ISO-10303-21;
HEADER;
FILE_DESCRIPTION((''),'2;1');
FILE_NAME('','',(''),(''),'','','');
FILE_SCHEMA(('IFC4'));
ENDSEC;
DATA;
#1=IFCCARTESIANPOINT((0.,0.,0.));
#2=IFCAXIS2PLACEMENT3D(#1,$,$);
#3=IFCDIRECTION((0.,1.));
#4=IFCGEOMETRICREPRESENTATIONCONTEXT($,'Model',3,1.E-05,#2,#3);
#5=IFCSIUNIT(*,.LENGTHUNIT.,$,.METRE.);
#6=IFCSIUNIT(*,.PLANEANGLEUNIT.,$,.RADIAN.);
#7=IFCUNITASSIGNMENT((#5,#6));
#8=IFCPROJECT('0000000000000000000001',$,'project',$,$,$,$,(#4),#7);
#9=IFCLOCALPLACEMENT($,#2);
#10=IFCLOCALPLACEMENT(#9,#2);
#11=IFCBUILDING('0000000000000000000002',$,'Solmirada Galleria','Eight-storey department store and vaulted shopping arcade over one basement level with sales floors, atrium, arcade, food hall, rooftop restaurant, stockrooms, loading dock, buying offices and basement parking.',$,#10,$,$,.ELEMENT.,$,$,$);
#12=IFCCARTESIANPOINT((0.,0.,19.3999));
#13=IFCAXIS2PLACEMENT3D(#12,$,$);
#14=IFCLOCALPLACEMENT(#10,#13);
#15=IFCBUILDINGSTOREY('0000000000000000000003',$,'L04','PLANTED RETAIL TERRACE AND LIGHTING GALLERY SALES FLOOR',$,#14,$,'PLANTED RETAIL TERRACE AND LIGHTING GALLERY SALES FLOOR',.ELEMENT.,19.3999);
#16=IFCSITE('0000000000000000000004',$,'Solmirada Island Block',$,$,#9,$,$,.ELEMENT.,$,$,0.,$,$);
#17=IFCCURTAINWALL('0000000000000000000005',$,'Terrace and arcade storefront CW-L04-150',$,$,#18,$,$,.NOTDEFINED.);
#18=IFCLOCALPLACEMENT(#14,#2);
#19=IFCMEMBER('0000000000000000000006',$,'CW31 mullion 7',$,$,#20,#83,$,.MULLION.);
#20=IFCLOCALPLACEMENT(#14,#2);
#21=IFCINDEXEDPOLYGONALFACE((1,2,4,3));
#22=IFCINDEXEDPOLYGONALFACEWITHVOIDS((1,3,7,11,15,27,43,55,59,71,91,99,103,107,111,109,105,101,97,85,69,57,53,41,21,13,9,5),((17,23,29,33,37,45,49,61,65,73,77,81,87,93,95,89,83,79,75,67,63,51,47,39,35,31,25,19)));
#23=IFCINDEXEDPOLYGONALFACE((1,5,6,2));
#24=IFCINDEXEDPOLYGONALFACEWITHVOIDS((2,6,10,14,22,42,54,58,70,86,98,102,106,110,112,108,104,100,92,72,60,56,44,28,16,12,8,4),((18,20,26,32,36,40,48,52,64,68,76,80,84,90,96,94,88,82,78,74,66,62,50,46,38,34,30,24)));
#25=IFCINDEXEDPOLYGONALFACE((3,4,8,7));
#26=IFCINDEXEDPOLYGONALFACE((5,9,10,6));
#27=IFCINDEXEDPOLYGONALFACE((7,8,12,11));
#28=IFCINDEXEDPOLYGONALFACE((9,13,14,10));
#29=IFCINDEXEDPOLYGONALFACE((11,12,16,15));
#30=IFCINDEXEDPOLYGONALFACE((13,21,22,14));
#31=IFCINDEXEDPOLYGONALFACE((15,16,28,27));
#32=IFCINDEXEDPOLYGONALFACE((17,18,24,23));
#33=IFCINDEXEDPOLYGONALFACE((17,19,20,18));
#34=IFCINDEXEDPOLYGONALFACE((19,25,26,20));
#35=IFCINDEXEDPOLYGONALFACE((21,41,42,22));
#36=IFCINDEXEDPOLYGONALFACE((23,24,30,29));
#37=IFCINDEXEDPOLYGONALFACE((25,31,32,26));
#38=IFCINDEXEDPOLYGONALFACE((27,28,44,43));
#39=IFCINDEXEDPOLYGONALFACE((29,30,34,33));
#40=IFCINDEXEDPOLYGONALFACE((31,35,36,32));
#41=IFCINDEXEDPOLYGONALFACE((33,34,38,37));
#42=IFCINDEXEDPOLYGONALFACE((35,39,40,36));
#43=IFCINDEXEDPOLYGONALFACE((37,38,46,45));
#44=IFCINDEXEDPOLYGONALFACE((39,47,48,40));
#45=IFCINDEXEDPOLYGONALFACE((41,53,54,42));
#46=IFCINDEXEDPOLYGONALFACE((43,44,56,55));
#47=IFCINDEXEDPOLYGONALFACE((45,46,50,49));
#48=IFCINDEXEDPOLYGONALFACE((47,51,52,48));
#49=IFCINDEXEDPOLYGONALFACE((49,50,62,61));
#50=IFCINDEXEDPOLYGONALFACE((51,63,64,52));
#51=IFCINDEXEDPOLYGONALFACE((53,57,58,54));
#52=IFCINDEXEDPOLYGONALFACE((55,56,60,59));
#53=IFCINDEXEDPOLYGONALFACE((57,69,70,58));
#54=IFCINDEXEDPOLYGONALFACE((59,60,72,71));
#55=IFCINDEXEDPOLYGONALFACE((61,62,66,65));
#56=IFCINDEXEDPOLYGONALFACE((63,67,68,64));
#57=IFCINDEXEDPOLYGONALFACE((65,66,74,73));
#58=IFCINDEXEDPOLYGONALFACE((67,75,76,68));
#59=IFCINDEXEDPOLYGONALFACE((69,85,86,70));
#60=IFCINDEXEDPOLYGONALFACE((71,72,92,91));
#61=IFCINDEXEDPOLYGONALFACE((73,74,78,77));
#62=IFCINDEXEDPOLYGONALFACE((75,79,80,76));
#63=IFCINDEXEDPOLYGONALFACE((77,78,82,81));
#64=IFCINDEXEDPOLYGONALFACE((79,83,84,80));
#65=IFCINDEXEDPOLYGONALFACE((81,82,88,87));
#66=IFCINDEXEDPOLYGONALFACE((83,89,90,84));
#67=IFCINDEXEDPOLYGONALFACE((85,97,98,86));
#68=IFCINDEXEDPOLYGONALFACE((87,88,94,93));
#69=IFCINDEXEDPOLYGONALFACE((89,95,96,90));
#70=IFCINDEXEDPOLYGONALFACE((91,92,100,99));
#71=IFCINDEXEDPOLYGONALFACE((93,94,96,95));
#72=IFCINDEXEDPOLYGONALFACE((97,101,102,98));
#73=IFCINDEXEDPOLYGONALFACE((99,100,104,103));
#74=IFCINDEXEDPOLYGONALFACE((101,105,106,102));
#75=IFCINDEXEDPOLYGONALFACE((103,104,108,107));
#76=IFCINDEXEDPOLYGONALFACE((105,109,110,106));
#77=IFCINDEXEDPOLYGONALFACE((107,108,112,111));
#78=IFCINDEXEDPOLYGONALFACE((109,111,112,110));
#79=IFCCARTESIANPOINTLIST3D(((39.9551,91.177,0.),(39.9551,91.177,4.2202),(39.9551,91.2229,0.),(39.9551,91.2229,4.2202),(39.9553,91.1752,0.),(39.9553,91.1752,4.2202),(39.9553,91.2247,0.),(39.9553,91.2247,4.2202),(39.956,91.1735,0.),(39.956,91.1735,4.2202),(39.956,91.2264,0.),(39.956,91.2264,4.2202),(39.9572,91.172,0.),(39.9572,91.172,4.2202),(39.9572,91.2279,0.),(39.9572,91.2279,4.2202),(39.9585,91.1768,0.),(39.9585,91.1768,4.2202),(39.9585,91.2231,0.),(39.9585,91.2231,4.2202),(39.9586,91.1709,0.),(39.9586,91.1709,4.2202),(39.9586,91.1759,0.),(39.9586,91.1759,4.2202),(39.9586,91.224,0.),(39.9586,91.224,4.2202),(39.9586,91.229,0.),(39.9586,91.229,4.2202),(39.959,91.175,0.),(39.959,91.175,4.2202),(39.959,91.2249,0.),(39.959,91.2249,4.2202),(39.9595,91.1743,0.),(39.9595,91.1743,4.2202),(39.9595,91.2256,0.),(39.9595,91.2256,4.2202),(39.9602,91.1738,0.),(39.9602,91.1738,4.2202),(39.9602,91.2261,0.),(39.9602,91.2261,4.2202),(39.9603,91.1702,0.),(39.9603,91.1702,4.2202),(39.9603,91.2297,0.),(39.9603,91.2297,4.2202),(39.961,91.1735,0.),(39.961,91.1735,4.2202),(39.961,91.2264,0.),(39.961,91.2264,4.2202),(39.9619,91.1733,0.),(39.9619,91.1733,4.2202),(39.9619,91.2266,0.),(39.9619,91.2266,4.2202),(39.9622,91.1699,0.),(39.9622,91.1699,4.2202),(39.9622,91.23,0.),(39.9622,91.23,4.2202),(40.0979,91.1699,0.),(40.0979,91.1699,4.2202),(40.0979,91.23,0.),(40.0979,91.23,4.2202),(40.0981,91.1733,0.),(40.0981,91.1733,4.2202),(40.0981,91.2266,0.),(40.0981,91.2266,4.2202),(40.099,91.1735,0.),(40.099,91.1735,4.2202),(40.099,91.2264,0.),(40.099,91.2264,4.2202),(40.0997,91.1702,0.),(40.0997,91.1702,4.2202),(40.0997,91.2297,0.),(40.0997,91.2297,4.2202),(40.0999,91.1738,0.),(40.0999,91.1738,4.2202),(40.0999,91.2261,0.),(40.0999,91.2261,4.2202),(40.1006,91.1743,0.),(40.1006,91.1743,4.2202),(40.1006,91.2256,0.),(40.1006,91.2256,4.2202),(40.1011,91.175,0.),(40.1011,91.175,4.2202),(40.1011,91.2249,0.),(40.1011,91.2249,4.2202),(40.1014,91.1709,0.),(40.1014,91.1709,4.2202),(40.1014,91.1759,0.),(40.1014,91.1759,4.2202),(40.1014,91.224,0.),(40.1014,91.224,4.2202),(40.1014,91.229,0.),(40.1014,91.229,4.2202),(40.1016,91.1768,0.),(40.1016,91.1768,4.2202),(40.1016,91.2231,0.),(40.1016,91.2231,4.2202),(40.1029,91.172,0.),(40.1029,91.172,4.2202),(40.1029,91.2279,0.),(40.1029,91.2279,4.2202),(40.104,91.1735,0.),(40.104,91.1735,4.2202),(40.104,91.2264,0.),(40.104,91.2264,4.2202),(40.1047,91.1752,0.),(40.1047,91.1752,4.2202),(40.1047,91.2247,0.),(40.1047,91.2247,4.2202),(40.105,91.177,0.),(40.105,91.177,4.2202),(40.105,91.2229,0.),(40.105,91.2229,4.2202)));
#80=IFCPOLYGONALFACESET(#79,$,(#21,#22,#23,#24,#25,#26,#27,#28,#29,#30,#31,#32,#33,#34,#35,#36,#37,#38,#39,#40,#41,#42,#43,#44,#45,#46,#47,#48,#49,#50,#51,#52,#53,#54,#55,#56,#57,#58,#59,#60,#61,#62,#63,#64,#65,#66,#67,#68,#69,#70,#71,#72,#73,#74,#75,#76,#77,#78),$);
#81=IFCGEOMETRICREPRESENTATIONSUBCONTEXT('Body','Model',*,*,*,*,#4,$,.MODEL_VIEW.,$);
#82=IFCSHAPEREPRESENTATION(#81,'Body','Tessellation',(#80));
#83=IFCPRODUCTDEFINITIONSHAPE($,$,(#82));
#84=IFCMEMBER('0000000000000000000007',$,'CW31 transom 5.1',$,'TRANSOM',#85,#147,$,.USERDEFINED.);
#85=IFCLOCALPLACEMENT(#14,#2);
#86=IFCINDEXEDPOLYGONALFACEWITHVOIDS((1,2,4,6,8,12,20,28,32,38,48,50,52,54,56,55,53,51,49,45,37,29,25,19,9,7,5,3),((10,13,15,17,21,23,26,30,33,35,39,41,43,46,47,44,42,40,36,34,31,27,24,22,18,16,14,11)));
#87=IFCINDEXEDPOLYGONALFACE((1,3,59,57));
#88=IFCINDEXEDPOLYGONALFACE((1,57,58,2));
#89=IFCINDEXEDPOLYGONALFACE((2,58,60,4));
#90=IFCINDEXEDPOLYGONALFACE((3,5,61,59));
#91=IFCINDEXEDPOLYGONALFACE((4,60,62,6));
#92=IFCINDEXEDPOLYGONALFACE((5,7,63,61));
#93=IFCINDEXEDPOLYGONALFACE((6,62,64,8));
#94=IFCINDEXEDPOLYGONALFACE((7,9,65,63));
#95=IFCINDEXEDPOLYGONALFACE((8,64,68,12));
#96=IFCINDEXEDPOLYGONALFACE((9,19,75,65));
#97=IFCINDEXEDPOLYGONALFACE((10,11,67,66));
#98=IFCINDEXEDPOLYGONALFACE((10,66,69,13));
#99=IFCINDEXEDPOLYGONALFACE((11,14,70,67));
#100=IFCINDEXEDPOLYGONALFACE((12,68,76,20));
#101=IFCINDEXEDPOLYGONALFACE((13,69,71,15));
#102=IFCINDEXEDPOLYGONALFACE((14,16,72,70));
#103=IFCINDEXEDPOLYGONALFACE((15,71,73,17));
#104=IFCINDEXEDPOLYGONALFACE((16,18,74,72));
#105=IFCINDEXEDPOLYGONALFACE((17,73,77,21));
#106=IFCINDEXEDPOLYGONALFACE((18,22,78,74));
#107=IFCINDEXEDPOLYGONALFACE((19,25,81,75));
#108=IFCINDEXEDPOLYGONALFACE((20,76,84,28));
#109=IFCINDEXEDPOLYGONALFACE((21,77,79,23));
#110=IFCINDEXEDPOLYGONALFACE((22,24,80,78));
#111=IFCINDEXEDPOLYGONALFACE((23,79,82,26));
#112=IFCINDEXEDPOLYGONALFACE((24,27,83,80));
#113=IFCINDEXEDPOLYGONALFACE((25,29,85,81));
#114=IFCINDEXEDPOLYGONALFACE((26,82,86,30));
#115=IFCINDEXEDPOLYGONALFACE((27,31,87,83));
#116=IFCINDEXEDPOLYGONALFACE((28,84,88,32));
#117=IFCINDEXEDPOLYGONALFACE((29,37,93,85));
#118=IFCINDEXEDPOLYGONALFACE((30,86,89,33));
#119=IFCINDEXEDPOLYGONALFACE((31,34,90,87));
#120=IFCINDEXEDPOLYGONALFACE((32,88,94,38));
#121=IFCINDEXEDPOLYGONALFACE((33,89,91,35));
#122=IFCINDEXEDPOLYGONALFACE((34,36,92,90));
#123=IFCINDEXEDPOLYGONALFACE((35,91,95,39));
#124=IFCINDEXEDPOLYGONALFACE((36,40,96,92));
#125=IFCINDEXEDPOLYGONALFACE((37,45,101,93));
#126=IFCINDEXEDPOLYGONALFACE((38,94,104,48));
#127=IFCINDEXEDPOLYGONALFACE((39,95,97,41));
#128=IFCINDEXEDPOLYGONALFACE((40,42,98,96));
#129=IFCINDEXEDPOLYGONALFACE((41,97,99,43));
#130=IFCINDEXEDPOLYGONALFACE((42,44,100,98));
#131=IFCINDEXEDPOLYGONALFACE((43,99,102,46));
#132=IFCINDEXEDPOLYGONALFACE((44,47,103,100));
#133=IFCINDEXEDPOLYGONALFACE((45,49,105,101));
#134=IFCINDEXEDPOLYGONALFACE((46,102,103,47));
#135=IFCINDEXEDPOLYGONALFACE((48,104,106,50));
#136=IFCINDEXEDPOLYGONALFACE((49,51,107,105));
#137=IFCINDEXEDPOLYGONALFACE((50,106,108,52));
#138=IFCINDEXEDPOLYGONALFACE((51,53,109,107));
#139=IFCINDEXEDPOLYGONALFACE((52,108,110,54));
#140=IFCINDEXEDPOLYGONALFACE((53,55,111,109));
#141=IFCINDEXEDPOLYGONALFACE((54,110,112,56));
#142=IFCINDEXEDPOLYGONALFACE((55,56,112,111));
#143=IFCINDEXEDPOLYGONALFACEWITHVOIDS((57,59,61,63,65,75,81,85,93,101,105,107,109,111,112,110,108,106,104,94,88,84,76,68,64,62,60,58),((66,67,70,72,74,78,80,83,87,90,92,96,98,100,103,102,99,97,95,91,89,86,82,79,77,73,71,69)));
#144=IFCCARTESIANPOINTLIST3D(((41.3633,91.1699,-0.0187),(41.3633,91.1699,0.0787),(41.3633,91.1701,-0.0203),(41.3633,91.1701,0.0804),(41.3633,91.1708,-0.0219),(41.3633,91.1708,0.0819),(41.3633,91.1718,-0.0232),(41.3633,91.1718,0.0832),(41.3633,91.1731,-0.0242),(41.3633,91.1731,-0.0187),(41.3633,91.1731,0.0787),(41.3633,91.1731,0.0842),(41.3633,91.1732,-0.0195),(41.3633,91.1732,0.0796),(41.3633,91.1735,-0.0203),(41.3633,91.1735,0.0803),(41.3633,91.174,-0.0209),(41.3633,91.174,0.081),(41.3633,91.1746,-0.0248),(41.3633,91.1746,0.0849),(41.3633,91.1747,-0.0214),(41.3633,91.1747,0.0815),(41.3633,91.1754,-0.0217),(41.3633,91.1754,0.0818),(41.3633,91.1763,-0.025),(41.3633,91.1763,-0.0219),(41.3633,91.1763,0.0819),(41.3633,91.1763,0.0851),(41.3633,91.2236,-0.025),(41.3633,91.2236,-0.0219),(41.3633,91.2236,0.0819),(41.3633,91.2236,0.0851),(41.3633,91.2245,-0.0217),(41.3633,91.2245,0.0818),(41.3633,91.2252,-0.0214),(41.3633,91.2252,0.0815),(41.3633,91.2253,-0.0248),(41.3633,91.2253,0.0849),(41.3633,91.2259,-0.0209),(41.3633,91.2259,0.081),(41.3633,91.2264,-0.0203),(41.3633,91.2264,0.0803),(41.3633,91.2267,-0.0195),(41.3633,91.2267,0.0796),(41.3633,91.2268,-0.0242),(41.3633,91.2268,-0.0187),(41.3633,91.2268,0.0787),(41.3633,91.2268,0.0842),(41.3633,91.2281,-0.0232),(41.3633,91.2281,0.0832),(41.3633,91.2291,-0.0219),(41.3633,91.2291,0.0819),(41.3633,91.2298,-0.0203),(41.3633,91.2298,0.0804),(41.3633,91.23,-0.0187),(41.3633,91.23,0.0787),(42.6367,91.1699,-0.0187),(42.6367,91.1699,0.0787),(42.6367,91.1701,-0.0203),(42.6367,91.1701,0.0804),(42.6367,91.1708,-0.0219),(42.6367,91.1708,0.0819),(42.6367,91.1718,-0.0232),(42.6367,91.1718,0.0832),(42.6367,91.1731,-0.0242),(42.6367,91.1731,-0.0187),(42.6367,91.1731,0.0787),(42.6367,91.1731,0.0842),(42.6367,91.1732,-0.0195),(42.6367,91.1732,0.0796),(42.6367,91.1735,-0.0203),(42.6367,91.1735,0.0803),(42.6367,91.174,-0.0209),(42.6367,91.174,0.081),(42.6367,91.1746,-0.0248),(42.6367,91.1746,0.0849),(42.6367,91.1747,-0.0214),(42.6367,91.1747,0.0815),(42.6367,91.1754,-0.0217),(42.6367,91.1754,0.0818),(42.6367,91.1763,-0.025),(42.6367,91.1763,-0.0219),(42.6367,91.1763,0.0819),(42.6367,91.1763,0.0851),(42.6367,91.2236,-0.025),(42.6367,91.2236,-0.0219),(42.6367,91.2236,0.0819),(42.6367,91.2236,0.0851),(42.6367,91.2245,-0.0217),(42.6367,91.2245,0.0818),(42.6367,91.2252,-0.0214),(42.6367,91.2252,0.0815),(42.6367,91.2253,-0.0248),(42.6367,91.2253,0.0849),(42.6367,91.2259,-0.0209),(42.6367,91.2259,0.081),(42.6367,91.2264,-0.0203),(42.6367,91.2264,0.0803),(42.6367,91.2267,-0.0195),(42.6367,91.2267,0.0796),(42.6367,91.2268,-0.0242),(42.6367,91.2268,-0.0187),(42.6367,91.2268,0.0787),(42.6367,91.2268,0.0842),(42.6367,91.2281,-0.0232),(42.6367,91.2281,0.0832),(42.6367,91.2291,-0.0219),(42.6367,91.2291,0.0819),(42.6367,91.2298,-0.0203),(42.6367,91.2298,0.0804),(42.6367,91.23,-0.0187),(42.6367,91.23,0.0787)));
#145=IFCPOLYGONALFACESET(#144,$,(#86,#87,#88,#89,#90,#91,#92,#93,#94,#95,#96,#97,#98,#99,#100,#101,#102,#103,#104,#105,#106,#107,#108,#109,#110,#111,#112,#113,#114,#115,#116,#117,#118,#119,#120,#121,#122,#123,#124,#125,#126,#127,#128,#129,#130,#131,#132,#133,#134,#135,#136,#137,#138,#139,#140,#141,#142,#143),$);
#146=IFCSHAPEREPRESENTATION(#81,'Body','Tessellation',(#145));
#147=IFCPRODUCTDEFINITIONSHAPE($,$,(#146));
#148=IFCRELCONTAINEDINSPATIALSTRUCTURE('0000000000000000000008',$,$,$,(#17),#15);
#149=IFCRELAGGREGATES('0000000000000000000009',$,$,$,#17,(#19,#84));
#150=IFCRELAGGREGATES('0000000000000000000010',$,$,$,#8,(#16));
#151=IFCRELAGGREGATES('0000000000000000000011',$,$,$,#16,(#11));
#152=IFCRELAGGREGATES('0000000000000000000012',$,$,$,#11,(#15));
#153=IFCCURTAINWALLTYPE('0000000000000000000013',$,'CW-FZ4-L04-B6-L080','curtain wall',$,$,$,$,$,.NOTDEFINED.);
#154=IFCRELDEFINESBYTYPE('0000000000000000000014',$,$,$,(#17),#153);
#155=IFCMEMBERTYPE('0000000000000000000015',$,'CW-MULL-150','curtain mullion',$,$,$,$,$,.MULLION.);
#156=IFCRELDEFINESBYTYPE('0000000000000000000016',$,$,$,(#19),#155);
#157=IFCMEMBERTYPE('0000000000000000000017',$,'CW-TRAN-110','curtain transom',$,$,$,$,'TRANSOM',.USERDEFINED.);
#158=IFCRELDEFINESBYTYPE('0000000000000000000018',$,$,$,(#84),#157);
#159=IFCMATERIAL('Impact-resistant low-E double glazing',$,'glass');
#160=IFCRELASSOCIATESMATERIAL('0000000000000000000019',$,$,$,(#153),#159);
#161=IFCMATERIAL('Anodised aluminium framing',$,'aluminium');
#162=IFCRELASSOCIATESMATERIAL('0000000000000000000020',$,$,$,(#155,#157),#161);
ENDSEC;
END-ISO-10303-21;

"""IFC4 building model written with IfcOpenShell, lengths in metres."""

from ifc_helpers import new_model, si_unit, direction, frame, origin, origin_2d, place, context, subcontext, project, spatial, hollow_rectangle, extrude, material, material_profile, profile_set, type_object, element, aggregate, save


model = new_model("IFC4")

# Units and contexts
model_context = context("Model", 3, precision=1e-05, world=origin(), true_north=direction((0.0, 1.0)))
body_context = subcontext(model_context, "Body", "Model", "MODEL_VIEW")
ifc_project = project(units=[si_unit("LENGTHUNIT", "METRE"), si_unit("PLANEANGLEUNIT", "RADIAN")], contexts=[model_context])

# Site, building, storey
site_placement = place(None, origin())
site = spatial("IfcSite", under=ifc_project, at=site_placement, Name="Solmirada Island Block", CompositionType="ELEMENT", RefElevation=0.0)
building_placement = place(site_placement, origin())
building = spatial("IfcBuilding", under=site, at=building_placement, Name="Solmirada Galleria", Description="Eight-storey department store and vaulted shopping arcade over one basement level with sales floors, atrium, arcade, food hall, rooftop restaurant, stockrooms, loading dock, buying offices and basement parking.", CompositionType="ELEMENT")
storey_placement = place(building_placement, frame((0.0, 0.0, 19.3999)))
storey = spatial("IfcBuildingStorey", under=building, at=storey_placement, Name="L04", Description="PLANTED RETAIL TERRACE AND LIGHTING GALLERY SALES FLOOR", LongName="PLANTED RETAIL TERRACE AND LIGHTING GALLERY SALES FLOOR", CompositionType="ELEMENT", Elevation=19.3999)

# Curtain wall, members
ifc_material_1 = material(Name="Impact-resistant low-E double glazing", Category="glass")
curtain_wall_type = type_object("IfcCurtainWallType", Name="CW-FZ4-L04-B6-L080", Description="curtain wall", PredefinedType="NOTDEFINED", material=ifc_material_1)
curtain_wall_placement = place(storey_placement, origin())
curtain_wall = element("IfcCurtainWall", 1, at=curtain_wall_placement, inside=storey, type_object=curtain_wall_type, Name="Terrace and arcade storefront CW-L04-150", PredefinedType="NOTDEFINED")
ifc_material_2 = material(Name="Anodised aluminium framing", Category="aluminium")
ifc_material_profile_1 = material_profile(ifc_material_2, hollow_rectangle(XDim=0.0601, YDim=0.1499, WallThickness=0.0034, InnerFilletRadius=0.0034, OuterFilletRadius=0.0071, at=origin_2d()), Name="ALU-MULL-150X60")
ifc_profile_set_1 = profile_set([ifc_material_profile_1], Name="Anodised aluminium framing")
member_type_1 = type_object("IfcMemberType", Name="CW-MULL-150", Description="curtain mullion", PredefinedType="MULLION", material=ifc_profile_set_1)
member_1_placement = place(storey_placement, frame((40.03, 91.2, 0.0), z_axis=(0.0, 0.0, 1.0), x_axis=(0.0, -1.0, 0.0)))
member_1 = element("IfcMember", 2, at=member_1_placement, type_object=member_type_1, Name="CW31 mullion 7", PredefinedType="MULLION", context=body_context, shape_type="SweptSolid", body=[
    extrude(hollow_rectangle(XDim=0.0601, YDim=0.1499, WallThickness=0.0034, InnerFilletRadius=0.0034, OuterFilletRadius=0.0071, at=origin_2d()), origin(), (0.0, 0.0, 1.0), 4.2202),
])
ifc_material_profile_2 = material_profile(ifc_material_2, hollow_rectangle(XDim=0.0601, YDim=0.1101, WallThickness=0.0032, InnerFilletRadius=0.0032, OuterFilletRadius=0.0063, at=origin_2d()), Name="ALU-TRAN-110X60")
ifc_profile_set_2 = profile_set([ifc_material_profile_2], Name="Anodised aluminium framing")
member_type_2 = type_object("IfcMemberType", Name="CW-TRAN-110", Description="curtain transom", ElementType="TRANSOM", PredefinedType="USERDEFINED", material=ifc_profile_set_2)
member_2_placement = place(storey_placement, frame((42.6367, 91.2, 0.03), z_axis=(-1.0, 0.0, 0.0), x_axis=(0.0, -1.0, 0.0)))
member_2 = element("IfcMember", 3, at=member_2_placement, type_object=member_type_2, Name="CW31 transom 5.1", ObjectType="TRANSOM", PredefinedType="USERDEFINED", context=body_context, shape_type="SweptSolid", body=[
    extrude(hollow_rectangle(XDim=0.0601, YDim=0.1101, WallThickness=0.0032, InnerFilletRadius=0.0032, OuterFilletRadius=0.0063, at=origin_2d()), origin(), (0.0, 0.0, 1.0), 1.2734),
])
aggregate(curtain_wall, [member_1, member_2])

save(model, "model.ifc")
